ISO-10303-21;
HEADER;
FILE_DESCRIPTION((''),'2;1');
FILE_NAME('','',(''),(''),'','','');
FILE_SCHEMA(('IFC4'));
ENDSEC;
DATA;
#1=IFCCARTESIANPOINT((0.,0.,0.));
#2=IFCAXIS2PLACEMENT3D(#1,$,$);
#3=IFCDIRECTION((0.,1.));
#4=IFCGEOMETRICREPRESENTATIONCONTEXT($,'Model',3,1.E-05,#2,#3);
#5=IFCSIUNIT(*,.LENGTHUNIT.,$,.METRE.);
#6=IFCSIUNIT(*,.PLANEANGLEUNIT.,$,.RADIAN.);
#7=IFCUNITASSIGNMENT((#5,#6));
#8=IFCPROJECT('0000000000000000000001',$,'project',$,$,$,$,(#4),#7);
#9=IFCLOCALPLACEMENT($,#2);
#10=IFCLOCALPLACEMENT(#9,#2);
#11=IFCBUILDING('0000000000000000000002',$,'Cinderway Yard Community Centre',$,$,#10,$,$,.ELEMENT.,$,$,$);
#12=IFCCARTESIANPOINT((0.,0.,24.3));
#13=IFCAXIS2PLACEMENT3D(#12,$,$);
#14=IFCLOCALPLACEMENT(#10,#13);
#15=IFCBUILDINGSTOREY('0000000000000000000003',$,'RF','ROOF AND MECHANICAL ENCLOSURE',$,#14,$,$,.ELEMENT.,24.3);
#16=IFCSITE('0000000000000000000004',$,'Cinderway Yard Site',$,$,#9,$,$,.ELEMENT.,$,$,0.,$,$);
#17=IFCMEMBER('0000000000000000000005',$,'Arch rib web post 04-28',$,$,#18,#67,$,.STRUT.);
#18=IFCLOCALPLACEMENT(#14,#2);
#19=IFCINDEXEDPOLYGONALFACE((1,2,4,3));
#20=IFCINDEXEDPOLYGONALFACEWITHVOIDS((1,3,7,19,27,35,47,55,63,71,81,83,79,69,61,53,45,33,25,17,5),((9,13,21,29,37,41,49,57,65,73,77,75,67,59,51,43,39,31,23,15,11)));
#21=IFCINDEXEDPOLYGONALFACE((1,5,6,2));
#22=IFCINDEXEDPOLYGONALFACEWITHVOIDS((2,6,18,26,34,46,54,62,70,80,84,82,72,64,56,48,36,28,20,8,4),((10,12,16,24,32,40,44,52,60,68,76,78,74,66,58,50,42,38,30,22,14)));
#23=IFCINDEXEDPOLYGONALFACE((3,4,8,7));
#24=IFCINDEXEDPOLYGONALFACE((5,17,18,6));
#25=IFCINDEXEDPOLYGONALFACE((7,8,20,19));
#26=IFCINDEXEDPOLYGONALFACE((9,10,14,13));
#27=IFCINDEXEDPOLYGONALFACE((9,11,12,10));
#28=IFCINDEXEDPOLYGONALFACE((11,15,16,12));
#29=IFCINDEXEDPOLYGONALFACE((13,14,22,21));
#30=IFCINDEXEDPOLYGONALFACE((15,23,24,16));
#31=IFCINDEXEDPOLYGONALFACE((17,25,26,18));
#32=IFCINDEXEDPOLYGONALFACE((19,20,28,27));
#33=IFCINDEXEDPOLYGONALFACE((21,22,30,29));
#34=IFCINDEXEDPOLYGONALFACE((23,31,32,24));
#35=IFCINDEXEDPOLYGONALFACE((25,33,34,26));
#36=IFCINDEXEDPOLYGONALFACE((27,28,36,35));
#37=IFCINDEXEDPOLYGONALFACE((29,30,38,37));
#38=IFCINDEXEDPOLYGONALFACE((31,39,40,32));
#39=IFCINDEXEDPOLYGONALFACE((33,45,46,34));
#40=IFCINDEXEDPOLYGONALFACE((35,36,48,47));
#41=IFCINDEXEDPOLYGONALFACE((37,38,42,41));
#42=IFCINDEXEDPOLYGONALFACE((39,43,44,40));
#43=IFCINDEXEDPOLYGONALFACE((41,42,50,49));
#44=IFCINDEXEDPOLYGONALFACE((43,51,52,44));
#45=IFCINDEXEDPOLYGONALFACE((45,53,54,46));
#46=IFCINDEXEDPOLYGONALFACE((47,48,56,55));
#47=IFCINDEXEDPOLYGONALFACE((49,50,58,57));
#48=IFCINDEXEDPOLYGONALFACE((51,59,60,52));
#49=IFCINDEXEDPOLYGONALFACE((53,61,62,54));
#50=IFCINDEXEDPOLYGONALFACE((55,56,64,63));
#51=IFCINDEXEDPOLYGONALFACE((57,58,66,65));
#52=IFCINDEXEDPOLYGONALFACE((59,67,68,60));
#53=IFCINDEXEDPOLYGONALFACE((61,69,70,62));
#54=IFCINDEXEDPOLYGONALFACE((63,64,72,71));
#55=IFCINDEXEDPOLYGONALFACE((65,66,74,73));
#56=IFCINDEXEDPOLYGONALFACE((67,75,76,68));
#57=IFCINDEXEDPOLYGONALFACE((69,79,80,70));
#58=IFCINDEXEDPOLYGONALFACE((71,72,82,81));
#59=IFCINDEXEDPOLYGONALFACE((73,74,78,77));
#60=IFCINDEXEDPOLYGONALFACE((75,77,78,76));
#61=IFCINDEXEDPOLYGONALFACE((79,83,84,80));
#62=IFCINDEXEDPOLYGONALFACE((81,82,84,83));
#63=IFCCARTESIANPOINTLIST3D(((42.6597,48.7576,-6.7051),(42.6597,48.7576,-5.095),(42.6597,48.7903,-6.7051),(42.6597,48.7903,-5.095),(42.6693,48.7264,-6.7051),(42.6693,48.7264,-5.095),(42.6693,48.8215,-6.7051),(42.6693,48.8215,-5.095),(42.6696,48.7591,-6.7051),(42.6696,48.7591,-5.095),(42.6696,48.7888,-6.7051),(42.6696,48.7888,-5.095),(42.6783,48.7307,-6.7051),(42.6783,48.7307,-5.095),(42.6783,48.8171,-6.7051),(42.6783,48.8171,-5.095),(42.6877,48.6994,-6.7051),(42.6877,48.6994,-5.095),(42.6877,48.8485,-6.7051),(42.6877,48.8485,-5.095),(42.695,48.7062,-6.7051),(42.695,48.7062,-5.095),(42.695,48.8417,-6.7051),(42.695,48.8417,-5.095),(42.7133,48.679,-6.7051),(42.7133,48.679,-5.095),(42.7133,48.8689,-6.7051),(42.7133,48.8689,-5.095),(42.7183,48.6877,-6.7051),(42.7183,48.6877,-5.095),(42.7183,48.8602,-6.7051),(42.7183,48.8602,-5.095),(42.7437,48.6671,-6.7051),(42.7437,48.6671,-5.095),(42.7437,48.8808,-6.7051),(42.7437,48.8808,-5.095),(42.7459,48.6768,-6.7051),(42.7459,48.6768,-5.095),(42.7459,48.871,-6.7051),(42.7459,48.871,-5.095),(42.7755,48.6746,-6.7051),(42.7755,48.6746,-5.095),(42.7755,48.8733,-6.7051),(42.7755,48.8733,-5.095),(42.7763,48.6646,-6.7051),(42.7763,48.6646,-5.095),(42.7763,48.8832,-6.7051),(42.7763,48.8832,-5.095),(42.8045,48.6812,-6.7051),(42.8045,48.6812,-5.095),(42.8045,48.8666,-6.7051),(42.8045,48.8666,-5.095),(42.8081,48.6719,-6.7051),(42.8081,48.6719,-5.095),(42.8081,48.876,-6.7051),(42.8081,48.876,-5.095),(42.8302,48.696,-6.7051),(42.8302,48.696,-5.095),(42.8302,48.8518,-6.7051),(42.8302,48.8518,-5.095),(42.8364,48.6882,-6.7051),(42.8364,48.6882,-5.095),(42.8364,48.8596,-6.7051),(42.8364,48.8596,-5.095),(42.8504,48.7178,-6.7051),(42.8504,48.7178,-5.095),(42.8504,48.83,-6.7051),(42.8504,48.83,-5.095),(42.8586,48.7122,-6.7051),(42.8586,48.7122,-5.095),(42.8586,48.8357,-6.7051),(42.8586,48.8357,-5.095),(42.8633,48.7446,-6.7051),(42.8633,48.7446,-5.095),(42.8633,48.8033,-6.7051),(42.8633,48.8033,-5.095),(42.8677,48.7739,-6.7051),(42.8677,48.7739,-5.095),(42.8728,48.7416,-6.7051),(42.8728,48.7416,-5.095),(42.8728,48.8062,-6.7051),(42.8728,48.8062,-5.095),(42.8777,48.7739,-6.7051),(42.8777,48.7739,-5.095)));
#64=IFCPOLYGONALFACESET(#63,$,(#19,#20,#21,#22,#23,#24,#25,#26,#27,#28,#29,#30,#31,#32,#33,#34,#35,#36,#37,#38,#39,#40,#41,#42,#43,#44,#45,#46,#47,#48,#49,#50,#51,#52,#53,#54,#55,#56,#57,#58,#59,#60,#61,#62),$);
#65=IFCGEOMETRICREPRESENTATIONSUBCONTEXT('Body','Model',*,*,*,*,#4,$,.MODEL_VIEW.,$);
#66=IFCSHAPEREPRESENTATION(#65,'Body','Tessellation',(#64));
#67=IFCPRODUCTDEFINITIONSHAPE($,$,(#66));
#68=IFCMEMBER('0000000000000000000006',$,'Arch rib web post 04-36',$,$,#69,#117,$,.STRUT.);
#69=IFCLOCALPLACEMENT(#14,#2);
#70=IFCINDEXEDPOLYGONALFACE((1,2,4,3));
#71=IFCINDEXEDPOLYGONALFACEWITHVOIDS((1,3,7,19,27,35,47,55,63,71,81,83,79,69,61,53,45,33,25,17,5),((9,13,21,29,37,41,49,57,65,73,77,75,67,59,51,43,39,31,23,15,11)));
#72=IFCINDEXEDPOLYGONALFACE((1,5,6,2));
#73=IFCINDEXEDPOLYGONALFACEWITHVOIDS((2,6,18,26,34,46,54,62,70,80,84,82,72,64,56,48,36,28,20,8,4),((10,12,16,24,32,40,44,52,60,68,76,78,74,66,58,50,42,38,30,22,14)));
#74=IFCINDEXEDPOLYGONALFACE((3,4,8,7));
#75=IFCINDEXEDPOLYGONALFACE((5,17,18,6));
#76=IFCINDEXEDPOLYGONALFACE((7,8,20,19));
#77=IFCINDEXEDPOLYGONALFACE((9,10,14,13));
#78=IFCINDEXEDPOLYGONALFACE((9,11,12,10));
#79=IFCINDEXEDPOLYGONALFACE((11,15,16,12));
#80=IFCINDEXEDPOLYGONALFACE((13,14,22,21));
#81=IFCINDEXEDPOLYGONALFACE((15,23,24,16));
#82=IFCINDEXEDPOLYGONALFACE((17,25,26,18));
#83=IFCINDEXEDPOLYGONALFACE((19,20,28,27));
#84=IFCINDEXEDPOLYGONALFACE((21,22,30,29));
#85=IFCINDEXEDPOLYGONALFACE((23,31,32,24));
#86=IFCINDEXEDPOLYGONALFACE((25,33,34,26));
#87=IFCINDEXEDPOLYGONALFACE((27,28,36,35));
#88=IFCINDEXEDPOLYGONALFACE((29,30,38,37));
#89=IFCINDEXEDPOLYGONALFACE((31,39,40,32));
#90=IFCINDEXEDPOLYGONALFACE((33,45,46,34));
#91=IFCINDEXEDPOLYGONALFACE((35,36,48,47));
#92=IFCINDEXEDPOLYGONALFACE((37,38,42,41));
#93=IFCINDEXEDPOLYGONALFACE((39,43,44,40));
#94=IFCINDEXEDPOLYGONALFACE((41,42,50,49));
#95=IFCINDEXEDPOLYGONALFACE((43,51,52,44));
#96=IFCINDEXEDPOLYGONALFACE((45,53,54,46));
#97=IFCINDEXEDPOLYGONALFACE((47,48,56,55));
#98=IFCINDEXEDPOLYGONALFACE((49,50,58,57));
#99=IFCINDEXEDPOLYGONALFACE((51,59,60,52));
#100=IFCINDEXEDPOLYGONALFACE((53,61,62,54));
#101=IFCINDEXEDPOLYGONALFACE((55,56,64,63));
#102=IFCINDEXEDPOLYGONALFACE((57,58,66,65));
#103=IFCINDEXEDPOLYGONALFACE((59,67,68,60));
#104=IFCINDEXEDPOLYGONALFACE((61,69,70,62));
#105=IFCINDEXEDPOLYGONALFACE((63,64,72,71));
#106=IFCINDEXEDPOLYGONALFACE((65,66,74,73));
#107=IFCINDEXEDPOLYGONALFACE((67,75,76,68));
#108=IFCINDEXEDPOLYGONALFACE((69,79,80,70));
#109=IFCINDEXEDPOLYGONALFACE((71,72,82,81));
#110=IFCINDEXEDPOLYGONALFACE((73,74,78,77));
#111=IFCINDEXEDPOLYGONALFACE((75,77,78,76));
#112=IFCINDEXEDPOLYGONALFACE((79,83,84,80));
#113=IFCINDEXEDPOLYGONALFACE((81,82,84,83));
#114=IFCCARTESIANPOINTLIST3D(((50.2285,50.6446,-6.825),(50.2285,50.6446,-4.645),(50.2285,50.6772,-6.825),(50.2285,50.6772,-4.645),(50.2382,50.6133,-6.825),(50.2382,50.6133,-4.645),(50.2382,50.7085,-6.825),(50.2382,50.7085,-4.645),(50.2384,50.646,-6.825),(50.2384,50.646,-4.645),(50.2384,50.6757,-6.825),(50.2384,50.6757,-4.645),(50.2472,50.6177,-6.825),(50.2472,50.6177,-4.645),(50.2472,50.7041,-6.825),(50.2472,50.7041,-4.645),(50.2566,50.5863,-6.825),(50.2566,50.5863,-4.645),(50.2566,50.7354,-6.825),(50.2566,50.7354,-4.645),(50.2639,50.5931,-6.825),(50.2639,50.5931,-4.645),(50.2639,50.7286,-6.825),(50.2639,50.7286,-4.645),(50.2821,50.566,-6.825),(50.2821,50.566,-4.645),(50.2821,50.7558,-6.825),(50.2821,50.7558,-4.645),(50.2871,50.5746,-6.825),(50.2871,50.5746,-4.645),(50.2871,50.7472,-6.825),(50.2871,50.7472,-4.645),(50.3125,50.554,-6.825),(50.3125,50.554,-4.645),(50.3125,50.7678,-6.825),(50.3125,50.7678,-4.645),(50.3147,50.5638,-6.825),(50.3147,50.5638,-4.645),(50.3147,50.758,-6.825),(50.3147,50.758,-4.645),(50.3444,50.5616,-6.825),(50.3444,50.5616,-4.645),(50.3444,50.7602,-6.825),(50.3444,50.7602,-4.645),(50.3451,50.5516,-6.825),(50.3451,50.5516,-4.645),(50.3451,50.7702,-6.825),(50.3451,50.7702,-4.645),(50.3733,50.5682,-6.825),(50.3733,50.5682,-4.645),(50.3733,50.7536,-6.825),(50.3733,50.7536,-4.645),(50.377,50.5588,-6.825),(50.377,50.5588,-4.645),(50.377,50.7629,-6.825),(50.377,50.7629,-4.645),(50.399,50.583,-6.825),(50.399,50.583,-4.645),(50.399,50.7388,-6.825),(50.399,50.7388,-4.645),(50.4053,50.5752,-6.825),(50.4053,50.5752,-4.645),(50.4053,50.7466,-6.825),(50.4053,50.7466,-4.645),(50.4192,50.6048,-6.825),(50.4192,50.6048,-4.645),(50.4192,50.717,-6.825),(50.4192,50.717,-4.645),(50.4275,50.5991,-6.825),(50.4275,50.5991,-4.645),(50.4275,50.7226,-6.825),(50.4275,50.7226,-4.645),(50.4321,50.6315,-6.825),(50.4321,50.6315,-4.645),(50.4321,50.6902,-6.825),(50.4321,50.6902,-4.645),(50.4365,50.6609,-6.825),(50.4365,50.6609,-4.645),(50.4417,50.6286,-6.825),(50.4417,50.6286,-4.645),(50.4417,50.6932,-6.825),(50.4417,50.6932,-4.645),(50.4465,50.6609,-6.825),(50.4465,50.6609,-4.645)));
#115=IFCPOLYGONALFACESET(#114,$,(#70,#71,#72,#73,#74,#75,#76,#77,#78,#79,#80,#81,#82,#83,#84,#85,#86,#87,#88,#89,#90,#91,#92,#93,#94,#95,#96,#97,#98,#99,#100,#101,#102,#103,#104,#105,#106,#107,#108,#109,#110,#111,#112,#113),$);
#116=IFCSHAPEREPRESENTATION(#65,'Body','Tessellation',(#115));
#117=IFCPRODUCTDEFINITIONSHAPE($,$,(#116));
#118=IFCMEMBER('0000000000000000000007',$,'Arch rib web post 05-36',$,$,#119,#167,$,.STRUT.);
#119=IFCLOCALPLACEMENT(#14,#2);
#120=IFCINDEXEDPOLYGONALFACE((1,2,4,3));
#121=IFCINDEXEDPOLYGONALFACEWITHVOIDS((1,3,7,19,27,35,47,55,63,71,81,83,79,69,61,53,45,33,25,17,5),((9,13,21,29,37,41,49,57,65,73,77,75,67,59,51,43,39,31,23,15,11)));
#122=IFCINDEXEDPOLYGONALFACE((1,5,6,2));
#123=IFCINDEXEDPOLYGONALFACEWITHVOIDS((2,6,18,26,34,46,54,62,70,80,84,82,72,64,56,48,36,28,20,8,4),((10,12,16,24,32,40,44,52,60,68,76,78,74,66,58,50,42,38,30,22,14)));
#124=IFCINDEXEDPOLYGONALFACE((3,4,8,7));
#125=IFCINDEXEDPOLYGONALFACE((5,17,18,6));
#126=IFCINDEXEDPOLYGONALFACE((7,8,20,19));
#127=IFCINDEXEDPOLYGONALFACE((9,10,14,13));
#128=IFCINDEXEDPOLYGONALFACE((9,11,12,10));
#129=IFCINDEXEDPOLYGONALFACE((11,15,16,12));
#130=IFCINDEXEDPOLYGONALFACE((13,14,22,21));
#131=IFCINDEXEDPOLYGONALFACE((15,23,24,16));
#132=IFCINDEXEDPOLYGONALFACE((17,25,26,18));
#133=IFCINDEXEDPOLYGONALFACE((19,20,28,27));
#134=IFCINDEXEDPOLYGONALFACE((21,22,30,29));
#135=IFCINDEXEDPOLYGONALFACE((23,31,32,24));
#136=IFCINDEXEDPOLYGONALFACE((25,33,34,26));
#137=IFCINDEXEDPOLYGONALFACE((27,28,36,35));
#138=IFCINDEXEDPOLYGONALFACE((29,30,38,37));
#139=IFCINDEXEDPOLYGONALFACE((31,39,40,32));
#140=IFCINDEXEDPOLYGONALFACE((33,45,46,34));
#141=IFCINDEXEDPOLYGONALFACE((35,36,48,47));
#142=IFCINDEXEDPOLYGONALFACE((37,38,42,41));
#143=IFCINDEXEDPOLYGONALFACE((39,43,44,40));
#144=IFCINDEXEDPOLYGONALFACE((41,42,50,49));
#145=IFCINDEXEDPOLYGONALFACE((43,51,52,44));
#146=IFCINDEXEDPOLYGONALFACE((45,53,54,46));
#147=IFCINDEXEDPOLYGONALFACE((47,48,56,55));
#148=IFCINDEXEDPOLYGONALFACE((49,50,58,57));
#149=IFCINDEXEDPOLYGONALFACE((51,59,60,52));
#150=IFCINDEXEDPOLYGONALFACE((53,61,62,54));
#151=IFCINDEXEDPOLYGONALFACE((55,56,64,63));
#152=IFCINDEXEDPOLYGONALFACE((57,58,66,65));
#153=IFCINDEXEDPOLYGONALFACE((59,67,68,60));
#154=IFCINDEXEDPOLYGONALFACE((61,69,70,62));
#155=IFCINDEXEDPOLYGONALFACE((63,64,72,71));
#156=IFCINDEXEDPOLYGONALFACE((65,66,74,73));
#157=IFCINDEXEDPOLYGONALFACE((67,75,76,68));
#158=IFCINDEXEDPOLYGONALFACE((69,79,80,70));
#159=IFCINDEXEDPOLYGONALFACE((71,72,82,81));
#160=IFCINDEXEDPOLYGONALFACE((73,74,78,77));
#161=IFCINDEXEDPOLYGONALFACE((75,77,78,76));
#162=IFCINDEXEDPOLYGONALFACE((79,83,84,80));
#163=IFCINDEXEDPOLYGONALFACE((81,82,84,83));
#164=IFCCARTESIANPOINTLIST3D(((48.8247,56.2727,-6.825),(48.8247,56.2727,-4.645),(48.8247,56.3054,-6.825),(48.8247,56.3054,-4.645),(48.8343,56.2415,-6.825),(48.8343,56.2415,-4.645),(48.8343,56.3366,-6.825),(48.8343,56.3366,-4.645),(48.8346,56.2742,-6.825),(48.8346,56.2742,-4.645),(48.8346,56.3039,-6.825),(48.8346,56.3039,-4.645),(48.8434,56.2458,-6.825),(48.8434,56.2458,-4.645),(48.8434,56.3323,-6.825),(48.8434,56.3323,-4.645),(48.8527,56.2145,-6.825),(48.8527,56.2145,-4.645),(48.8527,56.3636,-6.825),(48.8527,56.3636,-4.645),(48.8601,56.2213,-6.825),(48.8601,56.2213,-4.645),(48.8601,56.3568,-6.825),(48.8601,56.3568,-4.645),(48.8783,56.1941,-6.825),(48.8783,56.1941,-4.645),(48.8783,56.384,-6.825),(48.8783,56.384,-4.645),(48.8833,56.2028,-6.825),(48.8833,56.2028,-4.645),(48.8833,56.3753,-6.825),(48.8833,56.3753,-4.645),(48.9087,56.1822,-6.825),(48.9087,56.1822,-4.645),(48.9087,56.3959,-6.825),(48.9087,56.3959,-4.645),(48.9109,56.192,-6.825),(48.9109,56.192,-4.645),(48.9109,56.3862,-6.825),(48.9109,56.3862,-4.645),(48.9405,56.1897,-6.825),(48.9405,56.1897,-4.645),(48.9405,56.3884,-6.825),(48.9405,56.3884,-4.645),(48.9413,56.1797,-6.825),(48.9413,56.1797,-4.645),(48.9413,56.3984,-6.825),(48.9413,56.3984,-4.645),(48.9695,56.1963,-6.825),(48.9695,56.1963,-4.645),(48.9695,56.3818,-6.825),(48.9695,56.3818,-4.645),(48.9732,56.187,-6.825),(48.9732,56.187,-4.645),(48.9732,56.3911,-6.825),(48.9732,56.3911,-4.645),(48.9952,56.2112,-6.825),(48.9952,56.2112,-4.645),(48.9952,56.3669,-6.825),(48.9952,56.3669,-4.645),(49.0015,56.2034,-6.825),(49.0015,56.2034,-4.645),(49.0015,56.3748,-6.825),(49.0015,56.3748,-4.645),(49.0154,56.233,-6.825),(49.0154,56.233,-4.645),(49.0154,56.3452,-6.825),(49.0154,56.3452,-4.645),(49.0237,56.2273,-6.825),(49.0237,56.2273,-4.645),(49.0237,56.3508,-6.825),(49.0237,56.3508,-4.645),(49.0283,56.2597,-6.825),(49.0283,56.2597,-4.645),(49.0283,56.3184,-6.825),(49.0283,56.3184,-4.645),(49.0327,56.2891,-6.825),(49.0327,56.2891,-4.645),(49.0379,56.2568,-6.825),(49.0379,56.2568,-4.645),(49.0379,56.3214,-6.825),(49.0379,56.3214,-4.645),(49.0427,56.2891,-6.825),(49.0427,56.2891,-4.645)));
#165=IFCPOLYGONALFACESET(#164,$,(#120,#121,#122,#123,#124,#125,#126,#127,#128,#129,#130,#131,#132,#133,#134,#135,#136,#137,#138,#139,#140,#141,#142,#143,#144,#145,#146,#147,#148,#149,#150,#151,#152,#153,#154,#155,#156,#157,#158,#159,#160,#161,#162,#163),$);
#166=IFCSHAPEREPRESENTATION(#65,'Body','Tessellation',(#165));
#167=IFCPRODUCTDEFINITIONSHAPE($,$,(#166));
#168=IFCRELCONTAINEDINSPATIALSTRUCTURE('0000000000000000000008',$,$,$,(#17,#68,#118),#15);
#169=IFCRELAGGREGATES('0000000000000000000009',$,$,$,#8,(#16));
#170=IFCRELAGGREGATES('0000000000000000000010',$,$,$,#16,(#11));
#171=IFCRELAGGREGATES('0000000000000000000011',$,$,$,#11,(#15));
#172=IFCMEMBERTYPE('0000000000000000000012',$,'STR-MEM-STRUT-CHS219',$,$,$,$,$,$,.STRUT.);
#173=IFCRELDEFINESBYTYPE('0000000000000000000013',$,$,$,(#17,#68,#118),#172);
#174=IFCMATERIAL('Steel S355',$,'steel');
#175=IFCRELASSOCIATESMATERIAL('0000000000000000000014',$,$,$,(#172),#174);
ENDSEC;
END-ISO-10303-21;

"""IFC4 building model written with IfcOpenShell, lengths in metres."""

from ifc_helpers import new_model, si_unit, direction, frame, origin, origin_2d, place, context, subcontext, project, spatial, hollow_circle, extrude, material, material_profile, profile_set, type_object, element, save


model = new_model("IFC4")

# Units and contexts
model_context = context("Model", 3, precision=1e-05, world=origin(), true_north=direction((0.0, 1.0)))
body_context = subcontext(model_context, "Body", "Model", "MODEL_VIEW")
ifc_project = project(units=[si_unit("LENGTHUNIT", "METRE"), si_unit("PLANEANGLEUNIT", "RADIAN")], contexts=[model_context])

# Site, building, storey
site_placement = place(None, origin())
site = spatial("IfcSite", under=ifc_project, at=site_placement, Name="Cinderway Yard Site", CompositionType="ELEMENT", RefElevation=0.0)
building_placement = place(site_placement, origin())
building = spatial("IfcBuilding", under=site, at=building_placement, Name="Cinderway Yard Community Centre", CompositionType="ELEMENT")
storey_placement = place(building_placement, frame((0.0, 0.0, 24.3)))
storey = spatial("IfcBuildingStorey", under=building, at=storey_placement, Name="RF", Description="ROOF AND MECHANICAL ENCLOSURE", CompositionType="ELEMENT", Elevation=24.3)

# Shared definitions
ifc_material_1 = material(Name="Steel S355", Category="steel")

# Members
ifc_material_profile_1 = material_profile(ifc_material_1, hollow_circle(Radius=0.1096, WallThickness=0.01, at=origin_2d()), Name="Steel S355")
ifc_profile_set_1 = profile_set([ifc_material_profile_1], Name="Steel S355")
member_type_1 = type_object("IfcMemberType", Name="STR-MEM-STRUT-CHS219", PredefinedType="STRUT", material=ifc_profile_set_1)
member_1_placement = place(storey_placement, frame((42.7681, 48.7739, -6.7051), z_axis=(0.0, 0.0, 1.0), x_axis=(1.0, 0.0, 0.0)))
element("IfcMember", 1, at=member_1_placement, inside=storey, type_object=member_type_1, Name="Arch rib web post 04-28", PredefinedType="STRUT", context=body_context, shape_type="SweptSolid", body=[
    extrude(hollow_circle(Radius=0.1096, WallThickness=0.01, at=origin_2d()), origin(), (0.0, 0.0, 1.0), 1.6101),
])
for number, where, z_axis, x_axis, name in (
    (2, (50.3369, 50.6609, -6.825), (0.0, 0.0, 1.0), (1.0, 0.0, 0.0), "Arch rib web post 04-36"),
    (3, (48.9331, 56.2891, -6.825), (0.0, 0.0, 1.0), (1.0, 0.0, 0.0), "Arch rib web post 05-36"),
):
    element("IfcMember", number, at=place(storey_placement, frame(where, z_axis=z_axis, x_axis=x_axis)), inside=storey, type_object=member_type_1, Name=name, PredefinedType="STRUT", context=body_context, shape_type="SweptSolid", body=[
        extrude(hollow_circle(Radius=0.1096, WallThickness=0.01, at=origin_2d()), origin(), (0.0, 0.0, 1.0), 2.1799),
    ])

save(model, "model.ifc")
